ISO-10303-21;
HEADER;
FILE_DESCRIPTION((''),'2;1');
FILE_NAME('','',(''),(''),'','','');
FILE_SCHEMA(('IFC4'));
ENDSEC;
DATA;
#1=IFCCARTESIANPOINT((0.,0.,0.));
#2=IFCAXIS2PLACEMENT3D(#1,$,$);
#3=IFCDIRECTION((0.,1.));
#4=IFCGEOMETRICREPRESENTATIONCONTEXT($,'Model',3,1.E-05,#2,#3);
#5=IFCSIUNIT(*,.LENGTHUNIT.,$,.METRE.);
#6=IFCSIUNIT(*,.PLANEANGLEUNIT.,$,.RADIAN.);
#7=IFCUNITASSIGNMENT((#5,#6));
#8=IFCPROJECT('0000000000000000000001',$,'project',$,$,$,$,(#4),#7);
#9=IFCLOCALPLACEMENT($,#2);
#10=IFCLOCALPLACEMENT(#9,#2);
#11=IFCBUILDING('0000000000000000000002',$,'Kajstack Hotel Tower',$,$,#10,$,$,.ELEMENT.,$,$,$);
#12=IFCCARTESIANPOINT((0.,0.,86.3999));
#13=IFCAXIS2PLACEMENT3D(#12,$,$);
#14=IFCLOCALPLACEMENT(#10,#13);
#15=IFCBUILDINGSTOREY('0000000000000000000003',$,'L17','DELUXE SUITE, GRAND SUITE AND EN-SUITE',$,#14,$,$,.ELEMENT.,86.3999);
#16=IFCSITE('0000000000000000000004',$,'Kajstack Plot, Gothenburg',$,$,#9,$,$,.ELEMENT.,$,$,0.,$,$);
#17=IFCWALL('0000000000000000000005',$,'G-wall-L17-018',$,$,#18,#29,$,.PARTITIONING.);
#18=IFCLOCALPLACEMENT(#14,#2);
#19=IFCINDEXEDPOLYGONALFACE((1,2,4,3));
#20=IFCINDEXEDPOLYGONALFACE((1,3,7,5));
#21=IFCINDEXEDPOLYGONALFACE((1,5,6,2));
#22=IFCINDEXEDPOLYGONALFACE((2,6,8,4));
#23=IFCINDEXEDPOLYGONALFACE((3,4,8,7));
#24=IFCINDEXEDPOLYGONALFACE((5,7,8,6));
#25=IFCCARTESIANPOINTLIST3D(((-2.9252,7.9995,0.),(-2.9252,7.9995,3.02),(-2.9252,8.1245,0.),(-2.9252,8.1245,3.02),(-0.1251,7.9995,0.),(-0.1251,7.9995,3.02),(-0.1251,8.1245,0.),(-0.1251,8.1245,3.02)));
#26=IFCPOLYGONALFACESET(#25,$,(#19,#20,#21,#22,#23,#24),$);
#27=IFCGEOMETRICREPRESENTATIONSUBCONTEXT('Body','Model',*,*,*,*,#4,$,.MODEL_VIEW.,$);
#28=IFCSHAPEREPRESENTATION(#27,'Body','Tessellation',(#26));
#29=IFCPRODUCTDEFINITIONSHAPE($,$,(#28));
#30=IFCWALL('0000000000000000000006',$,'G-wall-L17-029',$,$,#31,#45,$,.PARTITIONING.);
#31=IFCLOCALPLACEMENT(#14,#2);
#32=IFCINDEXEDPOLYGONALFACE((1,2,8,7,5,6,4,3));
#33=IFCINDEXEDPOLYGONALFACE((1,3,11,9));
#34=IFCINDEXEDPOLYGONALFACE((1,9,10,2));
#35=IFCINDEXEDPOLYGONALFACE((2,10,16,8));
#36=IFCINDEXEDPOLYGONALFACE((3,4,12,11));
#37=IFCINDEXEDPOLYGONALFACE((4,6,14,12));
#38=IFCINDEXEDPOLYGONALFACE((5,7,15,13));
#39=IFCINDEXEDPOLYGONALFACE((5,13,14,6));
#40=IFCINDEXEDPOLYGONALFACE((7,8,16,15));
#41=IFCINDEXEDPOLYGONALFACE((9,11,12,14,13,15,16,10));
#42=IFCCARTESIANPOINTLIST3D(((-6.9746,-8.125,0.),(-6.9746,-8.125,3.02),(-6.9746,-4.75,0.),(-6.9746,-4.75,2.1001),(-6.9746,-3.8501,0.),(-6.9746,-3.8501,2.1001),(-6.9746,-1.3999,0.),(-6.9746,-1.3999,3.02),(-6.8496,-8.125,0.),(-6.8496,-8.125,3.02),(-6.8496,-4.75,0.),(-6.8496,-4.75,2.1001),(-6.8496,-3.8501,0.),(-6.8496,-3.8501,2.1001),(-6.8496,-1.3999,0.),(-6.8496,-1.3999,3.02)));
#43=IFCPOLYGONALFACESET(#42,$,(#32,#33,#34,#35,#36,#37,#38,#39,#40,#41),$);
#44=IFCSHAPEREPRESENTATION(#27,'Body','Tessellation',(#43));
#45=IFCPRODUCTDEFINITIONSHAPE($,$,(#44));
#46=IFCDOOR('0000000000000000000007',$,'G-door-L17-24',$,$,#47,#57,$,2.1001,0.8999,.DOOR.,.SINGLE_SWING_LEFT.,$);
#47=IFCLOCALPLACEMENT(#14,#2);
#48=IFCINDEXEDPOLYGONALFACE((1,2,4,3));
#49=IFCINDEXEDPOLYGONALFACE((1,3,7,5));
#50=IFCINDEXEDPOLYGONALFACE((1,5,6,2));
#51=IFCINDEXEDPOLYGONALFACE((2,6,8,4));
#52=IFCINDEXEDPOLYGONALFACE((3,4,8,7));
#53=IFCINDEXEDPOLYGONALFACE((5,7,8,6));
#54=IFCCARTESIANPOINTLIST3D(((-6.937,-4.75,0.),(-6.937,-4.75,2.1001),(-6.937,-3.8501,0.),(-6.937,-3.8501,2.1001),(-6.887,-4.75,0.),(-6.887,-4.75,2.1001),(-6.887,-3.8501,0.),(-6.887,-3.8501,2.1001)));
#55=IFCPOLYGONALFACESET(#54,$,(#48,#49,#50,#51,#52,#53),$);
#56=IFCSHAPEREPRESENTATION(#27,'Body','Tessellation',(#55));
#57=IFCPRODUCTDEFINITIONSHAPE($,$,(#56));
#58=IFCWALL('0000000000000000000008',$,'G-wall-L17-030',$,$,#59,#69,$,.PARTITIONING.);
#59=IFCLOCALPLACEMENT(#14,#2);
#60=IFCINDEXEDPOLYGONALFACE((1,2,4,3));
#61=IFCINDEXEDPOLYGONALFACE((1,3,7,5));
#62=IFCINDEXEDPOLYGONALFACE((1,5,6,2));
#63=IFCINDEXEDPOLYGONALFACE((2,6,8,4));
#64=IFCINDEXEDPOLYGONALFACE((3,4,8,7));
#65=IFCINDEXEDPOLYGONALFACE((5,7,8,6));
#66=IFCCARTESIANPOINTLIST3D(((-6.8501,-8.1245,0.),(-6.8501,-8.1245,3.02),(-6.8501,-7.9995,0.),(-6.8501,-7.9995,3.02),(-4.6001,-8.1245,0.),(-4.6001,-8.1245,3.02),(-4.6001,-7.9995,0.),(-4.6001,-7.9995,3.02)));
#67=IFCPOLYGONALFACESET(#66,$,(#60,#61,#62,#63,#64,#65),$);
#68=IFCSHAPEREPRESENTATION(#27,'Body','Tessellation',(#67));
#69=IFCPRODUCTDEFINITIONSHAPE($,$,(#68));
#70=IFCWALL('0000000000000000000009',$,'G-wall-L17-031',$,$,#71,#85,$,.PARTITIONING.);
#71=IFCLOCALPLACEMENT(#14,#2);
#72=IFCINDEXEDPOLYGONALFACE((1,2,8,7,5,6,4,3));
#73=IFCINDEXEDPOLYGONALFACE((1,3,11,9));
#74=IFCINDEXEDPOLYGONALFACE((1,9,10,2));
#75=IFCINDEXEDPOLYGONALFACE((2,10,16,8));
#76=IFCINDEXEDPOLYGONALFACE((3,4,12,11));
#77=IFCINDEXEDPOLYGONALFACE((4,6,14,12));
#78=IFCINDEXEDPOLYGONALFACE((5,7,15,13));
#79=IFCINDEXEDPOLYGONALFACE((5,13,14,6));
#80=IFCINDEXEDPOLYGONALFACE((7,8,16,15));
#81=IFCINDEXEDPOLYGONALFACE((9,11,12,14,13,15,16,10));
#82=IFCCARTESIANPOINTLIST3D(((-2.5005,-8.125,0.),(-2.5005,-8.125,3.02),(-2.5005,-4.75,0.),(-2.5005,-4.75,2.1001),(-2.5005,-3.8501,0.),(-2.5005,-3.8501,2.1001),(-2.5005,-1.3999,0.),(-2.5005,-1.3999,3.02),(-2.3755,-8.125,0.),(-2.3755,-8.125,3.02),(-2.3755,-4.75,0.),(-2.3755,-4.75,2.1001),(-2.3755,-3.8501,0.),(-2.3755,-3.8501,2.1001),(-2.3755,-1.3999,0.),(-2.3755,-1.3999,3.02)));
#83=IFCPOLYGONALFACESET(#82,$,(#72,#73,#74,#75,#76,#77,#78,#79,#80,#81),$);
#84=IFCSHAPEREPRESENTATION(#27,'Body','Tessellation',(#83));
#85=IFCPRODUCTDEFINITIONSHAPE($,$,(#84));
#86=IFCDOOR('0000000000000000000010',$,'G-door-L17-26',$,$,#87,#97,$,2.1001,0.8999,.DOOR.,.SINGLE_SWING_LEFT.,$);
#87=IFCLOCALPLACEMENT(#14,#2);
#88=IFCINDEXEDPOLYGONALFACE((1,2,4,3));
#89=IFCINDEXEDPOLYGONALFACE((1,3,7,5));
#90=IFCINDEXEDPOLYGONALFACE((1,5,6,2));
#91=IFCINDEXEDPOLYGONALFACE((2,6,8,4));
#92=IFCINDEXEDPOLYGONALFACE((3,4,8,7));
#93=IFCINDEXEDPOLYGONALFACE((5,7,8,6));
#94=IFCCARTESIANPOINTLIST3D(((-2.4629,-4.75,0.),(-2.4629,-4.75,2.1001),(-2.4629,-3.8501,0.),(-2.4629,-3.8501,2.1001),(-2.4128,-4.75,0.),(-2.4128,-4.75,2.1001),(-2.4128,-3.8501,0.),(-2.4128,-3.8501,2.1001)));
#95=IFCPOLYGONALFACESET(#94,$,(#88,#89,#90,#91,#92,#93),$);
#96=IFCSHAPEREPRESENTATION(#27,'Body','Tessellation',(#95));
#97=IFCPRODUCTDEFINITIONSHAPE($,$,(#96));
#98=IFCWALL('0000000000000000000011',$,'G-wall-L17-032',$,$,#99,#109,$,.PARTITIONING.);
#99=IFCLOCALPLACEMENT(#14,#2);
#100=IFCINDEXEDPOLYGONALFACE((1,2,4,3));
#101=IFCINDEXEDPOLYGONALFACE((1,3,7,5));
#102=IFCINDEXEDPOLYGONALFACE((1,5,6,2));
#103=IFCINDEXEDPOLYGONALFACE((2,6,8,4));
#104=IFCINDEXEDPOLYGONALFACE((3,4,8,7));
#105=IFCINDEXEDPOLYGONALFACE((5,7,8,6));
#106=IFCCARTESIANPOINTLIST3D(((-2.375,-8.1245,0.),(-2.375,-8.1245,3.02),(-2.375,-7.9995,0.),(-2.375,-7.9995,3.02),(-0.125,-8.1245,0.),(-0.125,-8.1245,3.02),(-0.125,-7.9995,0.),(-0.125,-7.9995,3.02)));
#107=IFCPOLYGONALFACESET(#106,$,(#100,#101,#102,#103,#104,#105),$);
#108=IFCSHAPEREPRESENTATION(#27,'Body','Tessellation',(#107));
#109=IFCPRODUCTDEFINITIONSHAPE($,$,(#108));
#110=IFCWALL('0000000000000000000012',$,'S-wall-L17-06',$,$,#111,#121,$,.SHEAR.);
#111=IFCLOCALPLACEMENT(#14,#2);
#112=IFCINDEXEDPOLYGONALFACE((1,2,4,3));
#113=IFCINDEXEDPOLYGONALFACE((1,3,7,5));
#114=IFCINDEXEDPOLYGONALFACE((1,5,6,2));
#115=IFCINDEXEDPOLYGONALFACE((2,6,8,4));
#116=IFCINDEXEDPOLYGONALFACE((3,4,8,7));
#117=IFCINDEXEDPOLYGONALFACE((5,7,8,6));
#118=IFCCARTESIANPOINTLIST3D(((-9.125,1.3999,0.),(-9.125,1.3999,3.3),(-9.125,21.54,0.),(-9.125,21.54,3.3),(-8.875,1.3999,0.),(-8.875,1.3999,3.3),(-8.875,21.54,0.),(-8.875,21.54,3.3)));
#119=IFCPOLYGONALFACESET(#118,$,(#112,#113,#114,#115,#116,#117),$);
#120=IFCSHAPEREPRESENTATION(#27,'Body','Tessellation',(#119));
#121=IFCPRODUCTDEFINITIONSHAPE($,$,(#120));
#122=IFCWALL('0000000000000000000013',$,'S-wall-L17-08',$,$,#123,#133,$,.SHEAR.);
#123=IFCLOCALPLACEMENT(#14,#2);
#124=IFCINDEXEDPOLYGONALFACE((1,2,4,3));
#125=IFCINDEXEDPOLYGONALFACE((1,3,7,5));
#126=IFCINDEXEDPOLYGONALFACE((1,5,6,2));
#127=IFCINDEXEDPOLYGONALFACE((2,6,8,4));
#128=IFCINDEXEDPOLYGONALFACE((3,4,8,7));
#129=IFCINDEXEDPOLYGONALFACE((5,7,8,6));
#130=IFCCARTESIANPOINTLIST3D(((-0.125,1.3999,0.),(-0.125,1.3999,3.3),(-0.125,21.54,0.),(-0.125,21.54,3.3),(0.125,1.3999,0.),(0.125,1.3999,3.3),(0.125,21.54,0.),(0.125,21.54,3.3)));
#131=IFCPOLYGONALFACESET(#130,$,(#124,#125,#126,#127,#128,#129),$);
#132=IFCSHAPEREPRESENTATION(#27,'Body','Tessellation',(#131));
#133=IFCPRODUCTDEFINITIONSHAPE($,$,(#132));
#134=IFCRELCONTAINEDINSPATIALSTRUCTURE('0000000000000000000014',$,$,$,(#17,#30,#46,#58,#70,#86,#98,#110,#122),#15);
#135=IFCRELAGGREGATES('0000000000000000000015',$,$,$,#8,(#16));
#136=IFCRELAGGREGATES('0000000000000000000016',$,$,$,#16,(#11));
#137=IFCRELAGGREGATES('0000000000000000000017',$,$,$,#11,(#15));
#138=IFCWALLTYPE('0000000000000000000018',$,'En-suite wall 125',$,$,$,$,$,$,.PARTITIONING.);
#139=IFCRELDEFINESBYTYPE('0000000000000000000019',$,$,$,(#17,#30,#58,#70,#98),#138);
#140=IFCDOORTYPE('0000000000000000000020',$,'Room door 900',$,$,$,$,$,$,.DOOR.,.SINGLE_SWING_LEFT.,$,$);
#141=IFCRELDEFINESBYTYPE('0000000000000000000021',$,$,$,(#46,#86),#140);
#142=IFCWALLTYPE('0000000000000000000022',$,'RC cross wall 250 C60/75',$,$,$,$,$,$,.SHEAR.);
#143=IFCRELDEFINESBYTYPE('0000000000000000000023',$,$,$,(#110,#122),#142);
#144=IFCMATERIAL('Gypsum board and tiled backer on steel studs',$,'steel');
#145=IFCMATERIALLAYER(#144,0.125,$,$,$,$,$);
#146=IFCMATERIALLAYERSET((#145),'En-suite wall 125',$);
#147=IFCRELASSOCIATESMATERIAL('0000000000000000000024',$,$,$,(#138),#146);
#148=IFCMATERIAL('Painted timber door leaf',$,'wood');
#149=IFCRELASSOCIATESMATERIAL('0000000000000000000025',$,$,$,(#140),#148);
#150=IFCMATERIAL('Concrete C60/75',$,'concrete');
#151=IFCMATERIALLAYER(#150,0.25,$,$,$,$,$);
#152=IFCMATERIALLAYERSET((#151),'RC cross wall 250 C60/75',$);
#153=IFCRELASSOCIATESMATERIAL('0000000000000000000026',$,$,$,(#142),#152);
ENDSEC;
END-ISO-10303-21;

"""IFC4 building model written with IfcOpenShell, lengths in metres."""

from ifc_helpers import new_model, si_unit, direction, frame, frame_2d, origin, place, context, subcontext, project, spatial, rectangle, extrude, material, layer, layer_set, type_object, element, fill, save


model = new_model("IFC4")

# Units and contexts
model_context = context("Model", 3, precision=1e-05, world=origin(), true_north=direction((0.0, 1.0)))
body_context = subcontext(model_context, "Body", "Model", "MODEL_VIEW")
ifc_project = project(units=[si_unit("LENGTHUNIT", "METRE"), si_unit("PLANEANGLEUNIT", "RADIAN")], contexts=[model_context])

# Site, building, storey
site_placement = place(None, origin())
site = spatial("IfcSite", under=ifc_project, at=site_placement, Name="Kajstack Plot, Gothenburg", CompositionType="ELEMENT", RefElevation=0.0)
building_placement = place(site_placement, origin())
building = spatial("IfcBuilding", under=site, at=building_placement, Name="Kajstack Hotel Tower", CompositionType="ELEMENT")
storey_placement = place(building_placement, frame((0.0, 0.0, 86.3999)))
storey = spatial("IfcBuildingStorey", under=building, at=storey_placement, Name="L17", Description="DELUXE SUITE, GRAND SUITE AND EN-SUITE", CompositionType="ELEMENT", Elevation=86.3999)

# Shared definitions
ifc_material_1 = material(Name="Gypsum board and tiled backer on steel studs", Category="steel")
ifc_layer_1 = layer(ifc_material_1, 0.125)
ifc_layer_set_1 = layer_set([ifc_layer_1], Name="En-suite wall 125")
wall_type_1 = type_object("IfcWallType", Name="En-suite wall 125", PredefinedType="PARTITIONING", material=ifc_layer_set_1)
ifc_material_2 = material(Name="Painted timber door leaf", Category="wood")
door_type = type_object("IfcDoorType", Name="Room door 900", OperationType="SINGLE_SWING_LEFT", PredefinedType="DOOR", material=ifc_material_2)

# Wall
wall_1_placement = place(storey_placement, frame((-2.925, 8.062, 0.0), z_axis=(0.0, 0.0, 1.0), x_axis=(1.0, 0.0, 0.0)))
element("IfcWall", 1, at=wall_1_placement, inside=storey, type_object=wall_type_1, Name="G-wall-L17-018", PredefinedType="PARTITIONING", context=body_context, shape_type="SweptSolid", body=[
    extrude(rectangle(XDim=2.8, YDim=0.125, at=frame_2d((1.3999, 0.0))), origin(), (0.0, 0.0, 1.0), 3.02),
])

# Wall, opening, door
wall_2_placement = place(storey_placement, frame((-6.9121, -8.125, 0.0), z_axis=(0.0, 0.0, 1.0), x_axis=(0.0, 1.0, 0.0)))
wall_2 = element("IfcWall", 2, at=wall_2_placement, inside=storey, type_object=wall_type_1, Name="G-wall-L17-029", PredefinedType="PARTITIONING", context=body_context, shape_type="SweptSolid", body=[
    extrude(rectangle(XDim=6.7251, YDim=0.125, at=frame_2d((3.3625, 0.0))), origin(), (0.0, 0.0, 1.0), 3.02),
])
opening_1_placement = place(wall_2_placement, frame((3.375, 0.0, 0.0)))
opening_1 = element("IfcOpeningElement", 3, at=opening_1_placement, cuts=wall_2, PredefinedType="OPENING", context=body_context, shape_type="SweptSolid", body=[
    extrude(rectangle(XDim=0.8999, YDim=2.1001, at=frame_2d((0.45, 1.05))), frame((0.0, 0.0725, 0.0), z_axis=(0.0, -1.0, 0.0), x_axis=(1.0, 0.0, 0.0)), (0.0, 0.0, 1.0), 0.145),
])
door_1_placement = place(opening_1_placement, origin())
door_1 = element("IfcDoor", 4, at=door_1_placement, inside=storey, type_object=door_type, Name="G-door-L17-24", OperationType="SINGLE_SWING_LEFT", OverallHeight=2.1001, OverallWidth=0.8999, PredefinedType="DOOR", context=body_context, shape_type="SweptSolid", body=[
    extrude(rectangle(XDim=0.8999, YDim=2.1001, at=frame_2d((0.45, 1.05))), frame((0.0, 0.0249, 0.0), z_axis=(0.0, -1.0, 0.0), x_axis=(1.0, 0.0, 0.0)), (0.0, 0.0, 1.0), 0.05),
])
fill(opening_1, door_1)

# Wall
wall_3_placement = place(storey_placement, frame((-6.8501, -8.062, 0.0), z_axis=(0.0, 0.0, 1.0), x_axis=(1.0, 0.0, 0.0)))
element("IfcWall", 5, at=wall_3_placement, inside=storey, type_object=wall_type_1, Name="G-wall-L17-030", PredefinedType="PARTITIONING", context=body_context, shape_type="SweptSolid", body=[
    extrude(rectangle(XDim=2.25, YDim=0.125, at=frame_2d((1.125, 0.0))), origin(), (0.0, 0.0, 1.0), 3.02),
])

# Wall, opening, door
wall_4_placement = place(storey_placement, frame((-2.438, -8.125, 0.0), z_axis=(0.0, 0.0, 1.0), x_axis=(0.0, 1.0, 0.0)))
wall_4 = element("IfcWall", 6, at=wall_4_placement, inside=storey, type_object=wall_type_1, Name="G-wall-L17-031", PredefinedType="PARTITIONING", context=body_context, shape_type="SweptSolid", body=[
    extrude(rectangle(XDim=6.7251, YDim=0.125, at=frame_2d((3.3625, 0.0))), origin(), (0.0, 0.0, 1.0), 3.02),
])
opening_2_placement = place(wall_4_placement, frame((3.375, 0.0, 0.0)))
opening_2 = element("IfcOpeningElement", 7, at=opening_2_placement, cuts=wall_4, PredefinedType="OPENING", context=body_context, shape_type="SweptSolid", body=[
    extrude(rectangle(XDim=0.8999, YDim=2.1001, at=frame_2d((0.45, 1.05))), frame((0.0, 0.0725, 0.0), z_axis=(0.0, -1.0, 0.0), x_axis=(1.0, 0.0, 0.0)), (0.0, 0.0, 1.0), 0.145),
])
door_2_placement = place(opening_2_placement, origin())
door_2 = element("IfcDoor", 8, at=door_2_placement, inside=storey, type_object=door_type, Name="G-door-L17-26", OperationType="SINGLE_SWING_LEFT", OverallHeight=2.1001, OverallWidth=0.8999, PredefinedType="DOOR", context=body_context, shape_type="SweptSolid", body=[
    extrude(rectangle(XDim=0.8999, YDim=2.1001, at=frame_2d((0.45, 1.05))), frame((0.0, 0.0249, 0.0), z_axis=(0.0, -1.0, 0.0), x_axis=(1.0, 0.0, 0.0)), (0.0, 0.0, 1.0), 0.05),
])
fill(opening_2, door_2)

# Walls
wall_5_placement = place(storey_placement, frame((-2.375, -8.062, 0.0), z_axis=(0.0, 0.0, 1.0), x_axis=(1.0, 0.0, 0.0)))
element("IfcWall", 9, at=wall_5_placement, inside=storey, type_object=wall_type_1, Name="G-wall-L17-032", PredefinedType="PARTITIONING", context=body_context, shape_type="SweptSolid", body=[
    extrude(rectangle(XDim=2.25, YDim=0.125, at=frame_2d((1.125, 0.0))), origin(), (0.0, 0.0, 1.0), 3.02),
])
ifc_material_3 = material(Name="Concrete C60/75", Category="concrete")
ifc_layer_2 = layer(ifc_material_3, 0.25)
ifc_layer_set_2 = layer_set([ifc_layer_2], Name="RC cross wall 250 C60/75")
wall_type_2 = type_object("IfcWallType", Name="RC cross wall 250 C60/75", PredefinedType="SHEAR", material=ifc_layer_set_2)
for number, where, z_axis, x_axis, name in (
    (10, (-9.0, 1.3999, 0.0), (0.0, 0.0, 1.0), (0.0, 1.0, 0.0), "S-wall-L17-06"),
    (11, (0.0, 1.3999, 0.0), (0.0, 0.0, 1.0), (0.0, 1.0, 0.0), "S-wall-L17-08"),
):
    element("IfcWall", number, at=place(storey_placement, frame(where, z_axis=z_axis, x_axis=x_axis)), inside=storey, type_object=wall_type_2, Name=name, PredefinedType="SHEAR", context=body_context, shape_type="SweptSolid", body=[
        extrude(rectangle(XDim=20.1401, YDim=0.25, at=frame_2d((10.0701, 0.0))), origin(), (0.0, 0.0, 1.0), 3.3),
    ])

save(model, "model.ifc")
